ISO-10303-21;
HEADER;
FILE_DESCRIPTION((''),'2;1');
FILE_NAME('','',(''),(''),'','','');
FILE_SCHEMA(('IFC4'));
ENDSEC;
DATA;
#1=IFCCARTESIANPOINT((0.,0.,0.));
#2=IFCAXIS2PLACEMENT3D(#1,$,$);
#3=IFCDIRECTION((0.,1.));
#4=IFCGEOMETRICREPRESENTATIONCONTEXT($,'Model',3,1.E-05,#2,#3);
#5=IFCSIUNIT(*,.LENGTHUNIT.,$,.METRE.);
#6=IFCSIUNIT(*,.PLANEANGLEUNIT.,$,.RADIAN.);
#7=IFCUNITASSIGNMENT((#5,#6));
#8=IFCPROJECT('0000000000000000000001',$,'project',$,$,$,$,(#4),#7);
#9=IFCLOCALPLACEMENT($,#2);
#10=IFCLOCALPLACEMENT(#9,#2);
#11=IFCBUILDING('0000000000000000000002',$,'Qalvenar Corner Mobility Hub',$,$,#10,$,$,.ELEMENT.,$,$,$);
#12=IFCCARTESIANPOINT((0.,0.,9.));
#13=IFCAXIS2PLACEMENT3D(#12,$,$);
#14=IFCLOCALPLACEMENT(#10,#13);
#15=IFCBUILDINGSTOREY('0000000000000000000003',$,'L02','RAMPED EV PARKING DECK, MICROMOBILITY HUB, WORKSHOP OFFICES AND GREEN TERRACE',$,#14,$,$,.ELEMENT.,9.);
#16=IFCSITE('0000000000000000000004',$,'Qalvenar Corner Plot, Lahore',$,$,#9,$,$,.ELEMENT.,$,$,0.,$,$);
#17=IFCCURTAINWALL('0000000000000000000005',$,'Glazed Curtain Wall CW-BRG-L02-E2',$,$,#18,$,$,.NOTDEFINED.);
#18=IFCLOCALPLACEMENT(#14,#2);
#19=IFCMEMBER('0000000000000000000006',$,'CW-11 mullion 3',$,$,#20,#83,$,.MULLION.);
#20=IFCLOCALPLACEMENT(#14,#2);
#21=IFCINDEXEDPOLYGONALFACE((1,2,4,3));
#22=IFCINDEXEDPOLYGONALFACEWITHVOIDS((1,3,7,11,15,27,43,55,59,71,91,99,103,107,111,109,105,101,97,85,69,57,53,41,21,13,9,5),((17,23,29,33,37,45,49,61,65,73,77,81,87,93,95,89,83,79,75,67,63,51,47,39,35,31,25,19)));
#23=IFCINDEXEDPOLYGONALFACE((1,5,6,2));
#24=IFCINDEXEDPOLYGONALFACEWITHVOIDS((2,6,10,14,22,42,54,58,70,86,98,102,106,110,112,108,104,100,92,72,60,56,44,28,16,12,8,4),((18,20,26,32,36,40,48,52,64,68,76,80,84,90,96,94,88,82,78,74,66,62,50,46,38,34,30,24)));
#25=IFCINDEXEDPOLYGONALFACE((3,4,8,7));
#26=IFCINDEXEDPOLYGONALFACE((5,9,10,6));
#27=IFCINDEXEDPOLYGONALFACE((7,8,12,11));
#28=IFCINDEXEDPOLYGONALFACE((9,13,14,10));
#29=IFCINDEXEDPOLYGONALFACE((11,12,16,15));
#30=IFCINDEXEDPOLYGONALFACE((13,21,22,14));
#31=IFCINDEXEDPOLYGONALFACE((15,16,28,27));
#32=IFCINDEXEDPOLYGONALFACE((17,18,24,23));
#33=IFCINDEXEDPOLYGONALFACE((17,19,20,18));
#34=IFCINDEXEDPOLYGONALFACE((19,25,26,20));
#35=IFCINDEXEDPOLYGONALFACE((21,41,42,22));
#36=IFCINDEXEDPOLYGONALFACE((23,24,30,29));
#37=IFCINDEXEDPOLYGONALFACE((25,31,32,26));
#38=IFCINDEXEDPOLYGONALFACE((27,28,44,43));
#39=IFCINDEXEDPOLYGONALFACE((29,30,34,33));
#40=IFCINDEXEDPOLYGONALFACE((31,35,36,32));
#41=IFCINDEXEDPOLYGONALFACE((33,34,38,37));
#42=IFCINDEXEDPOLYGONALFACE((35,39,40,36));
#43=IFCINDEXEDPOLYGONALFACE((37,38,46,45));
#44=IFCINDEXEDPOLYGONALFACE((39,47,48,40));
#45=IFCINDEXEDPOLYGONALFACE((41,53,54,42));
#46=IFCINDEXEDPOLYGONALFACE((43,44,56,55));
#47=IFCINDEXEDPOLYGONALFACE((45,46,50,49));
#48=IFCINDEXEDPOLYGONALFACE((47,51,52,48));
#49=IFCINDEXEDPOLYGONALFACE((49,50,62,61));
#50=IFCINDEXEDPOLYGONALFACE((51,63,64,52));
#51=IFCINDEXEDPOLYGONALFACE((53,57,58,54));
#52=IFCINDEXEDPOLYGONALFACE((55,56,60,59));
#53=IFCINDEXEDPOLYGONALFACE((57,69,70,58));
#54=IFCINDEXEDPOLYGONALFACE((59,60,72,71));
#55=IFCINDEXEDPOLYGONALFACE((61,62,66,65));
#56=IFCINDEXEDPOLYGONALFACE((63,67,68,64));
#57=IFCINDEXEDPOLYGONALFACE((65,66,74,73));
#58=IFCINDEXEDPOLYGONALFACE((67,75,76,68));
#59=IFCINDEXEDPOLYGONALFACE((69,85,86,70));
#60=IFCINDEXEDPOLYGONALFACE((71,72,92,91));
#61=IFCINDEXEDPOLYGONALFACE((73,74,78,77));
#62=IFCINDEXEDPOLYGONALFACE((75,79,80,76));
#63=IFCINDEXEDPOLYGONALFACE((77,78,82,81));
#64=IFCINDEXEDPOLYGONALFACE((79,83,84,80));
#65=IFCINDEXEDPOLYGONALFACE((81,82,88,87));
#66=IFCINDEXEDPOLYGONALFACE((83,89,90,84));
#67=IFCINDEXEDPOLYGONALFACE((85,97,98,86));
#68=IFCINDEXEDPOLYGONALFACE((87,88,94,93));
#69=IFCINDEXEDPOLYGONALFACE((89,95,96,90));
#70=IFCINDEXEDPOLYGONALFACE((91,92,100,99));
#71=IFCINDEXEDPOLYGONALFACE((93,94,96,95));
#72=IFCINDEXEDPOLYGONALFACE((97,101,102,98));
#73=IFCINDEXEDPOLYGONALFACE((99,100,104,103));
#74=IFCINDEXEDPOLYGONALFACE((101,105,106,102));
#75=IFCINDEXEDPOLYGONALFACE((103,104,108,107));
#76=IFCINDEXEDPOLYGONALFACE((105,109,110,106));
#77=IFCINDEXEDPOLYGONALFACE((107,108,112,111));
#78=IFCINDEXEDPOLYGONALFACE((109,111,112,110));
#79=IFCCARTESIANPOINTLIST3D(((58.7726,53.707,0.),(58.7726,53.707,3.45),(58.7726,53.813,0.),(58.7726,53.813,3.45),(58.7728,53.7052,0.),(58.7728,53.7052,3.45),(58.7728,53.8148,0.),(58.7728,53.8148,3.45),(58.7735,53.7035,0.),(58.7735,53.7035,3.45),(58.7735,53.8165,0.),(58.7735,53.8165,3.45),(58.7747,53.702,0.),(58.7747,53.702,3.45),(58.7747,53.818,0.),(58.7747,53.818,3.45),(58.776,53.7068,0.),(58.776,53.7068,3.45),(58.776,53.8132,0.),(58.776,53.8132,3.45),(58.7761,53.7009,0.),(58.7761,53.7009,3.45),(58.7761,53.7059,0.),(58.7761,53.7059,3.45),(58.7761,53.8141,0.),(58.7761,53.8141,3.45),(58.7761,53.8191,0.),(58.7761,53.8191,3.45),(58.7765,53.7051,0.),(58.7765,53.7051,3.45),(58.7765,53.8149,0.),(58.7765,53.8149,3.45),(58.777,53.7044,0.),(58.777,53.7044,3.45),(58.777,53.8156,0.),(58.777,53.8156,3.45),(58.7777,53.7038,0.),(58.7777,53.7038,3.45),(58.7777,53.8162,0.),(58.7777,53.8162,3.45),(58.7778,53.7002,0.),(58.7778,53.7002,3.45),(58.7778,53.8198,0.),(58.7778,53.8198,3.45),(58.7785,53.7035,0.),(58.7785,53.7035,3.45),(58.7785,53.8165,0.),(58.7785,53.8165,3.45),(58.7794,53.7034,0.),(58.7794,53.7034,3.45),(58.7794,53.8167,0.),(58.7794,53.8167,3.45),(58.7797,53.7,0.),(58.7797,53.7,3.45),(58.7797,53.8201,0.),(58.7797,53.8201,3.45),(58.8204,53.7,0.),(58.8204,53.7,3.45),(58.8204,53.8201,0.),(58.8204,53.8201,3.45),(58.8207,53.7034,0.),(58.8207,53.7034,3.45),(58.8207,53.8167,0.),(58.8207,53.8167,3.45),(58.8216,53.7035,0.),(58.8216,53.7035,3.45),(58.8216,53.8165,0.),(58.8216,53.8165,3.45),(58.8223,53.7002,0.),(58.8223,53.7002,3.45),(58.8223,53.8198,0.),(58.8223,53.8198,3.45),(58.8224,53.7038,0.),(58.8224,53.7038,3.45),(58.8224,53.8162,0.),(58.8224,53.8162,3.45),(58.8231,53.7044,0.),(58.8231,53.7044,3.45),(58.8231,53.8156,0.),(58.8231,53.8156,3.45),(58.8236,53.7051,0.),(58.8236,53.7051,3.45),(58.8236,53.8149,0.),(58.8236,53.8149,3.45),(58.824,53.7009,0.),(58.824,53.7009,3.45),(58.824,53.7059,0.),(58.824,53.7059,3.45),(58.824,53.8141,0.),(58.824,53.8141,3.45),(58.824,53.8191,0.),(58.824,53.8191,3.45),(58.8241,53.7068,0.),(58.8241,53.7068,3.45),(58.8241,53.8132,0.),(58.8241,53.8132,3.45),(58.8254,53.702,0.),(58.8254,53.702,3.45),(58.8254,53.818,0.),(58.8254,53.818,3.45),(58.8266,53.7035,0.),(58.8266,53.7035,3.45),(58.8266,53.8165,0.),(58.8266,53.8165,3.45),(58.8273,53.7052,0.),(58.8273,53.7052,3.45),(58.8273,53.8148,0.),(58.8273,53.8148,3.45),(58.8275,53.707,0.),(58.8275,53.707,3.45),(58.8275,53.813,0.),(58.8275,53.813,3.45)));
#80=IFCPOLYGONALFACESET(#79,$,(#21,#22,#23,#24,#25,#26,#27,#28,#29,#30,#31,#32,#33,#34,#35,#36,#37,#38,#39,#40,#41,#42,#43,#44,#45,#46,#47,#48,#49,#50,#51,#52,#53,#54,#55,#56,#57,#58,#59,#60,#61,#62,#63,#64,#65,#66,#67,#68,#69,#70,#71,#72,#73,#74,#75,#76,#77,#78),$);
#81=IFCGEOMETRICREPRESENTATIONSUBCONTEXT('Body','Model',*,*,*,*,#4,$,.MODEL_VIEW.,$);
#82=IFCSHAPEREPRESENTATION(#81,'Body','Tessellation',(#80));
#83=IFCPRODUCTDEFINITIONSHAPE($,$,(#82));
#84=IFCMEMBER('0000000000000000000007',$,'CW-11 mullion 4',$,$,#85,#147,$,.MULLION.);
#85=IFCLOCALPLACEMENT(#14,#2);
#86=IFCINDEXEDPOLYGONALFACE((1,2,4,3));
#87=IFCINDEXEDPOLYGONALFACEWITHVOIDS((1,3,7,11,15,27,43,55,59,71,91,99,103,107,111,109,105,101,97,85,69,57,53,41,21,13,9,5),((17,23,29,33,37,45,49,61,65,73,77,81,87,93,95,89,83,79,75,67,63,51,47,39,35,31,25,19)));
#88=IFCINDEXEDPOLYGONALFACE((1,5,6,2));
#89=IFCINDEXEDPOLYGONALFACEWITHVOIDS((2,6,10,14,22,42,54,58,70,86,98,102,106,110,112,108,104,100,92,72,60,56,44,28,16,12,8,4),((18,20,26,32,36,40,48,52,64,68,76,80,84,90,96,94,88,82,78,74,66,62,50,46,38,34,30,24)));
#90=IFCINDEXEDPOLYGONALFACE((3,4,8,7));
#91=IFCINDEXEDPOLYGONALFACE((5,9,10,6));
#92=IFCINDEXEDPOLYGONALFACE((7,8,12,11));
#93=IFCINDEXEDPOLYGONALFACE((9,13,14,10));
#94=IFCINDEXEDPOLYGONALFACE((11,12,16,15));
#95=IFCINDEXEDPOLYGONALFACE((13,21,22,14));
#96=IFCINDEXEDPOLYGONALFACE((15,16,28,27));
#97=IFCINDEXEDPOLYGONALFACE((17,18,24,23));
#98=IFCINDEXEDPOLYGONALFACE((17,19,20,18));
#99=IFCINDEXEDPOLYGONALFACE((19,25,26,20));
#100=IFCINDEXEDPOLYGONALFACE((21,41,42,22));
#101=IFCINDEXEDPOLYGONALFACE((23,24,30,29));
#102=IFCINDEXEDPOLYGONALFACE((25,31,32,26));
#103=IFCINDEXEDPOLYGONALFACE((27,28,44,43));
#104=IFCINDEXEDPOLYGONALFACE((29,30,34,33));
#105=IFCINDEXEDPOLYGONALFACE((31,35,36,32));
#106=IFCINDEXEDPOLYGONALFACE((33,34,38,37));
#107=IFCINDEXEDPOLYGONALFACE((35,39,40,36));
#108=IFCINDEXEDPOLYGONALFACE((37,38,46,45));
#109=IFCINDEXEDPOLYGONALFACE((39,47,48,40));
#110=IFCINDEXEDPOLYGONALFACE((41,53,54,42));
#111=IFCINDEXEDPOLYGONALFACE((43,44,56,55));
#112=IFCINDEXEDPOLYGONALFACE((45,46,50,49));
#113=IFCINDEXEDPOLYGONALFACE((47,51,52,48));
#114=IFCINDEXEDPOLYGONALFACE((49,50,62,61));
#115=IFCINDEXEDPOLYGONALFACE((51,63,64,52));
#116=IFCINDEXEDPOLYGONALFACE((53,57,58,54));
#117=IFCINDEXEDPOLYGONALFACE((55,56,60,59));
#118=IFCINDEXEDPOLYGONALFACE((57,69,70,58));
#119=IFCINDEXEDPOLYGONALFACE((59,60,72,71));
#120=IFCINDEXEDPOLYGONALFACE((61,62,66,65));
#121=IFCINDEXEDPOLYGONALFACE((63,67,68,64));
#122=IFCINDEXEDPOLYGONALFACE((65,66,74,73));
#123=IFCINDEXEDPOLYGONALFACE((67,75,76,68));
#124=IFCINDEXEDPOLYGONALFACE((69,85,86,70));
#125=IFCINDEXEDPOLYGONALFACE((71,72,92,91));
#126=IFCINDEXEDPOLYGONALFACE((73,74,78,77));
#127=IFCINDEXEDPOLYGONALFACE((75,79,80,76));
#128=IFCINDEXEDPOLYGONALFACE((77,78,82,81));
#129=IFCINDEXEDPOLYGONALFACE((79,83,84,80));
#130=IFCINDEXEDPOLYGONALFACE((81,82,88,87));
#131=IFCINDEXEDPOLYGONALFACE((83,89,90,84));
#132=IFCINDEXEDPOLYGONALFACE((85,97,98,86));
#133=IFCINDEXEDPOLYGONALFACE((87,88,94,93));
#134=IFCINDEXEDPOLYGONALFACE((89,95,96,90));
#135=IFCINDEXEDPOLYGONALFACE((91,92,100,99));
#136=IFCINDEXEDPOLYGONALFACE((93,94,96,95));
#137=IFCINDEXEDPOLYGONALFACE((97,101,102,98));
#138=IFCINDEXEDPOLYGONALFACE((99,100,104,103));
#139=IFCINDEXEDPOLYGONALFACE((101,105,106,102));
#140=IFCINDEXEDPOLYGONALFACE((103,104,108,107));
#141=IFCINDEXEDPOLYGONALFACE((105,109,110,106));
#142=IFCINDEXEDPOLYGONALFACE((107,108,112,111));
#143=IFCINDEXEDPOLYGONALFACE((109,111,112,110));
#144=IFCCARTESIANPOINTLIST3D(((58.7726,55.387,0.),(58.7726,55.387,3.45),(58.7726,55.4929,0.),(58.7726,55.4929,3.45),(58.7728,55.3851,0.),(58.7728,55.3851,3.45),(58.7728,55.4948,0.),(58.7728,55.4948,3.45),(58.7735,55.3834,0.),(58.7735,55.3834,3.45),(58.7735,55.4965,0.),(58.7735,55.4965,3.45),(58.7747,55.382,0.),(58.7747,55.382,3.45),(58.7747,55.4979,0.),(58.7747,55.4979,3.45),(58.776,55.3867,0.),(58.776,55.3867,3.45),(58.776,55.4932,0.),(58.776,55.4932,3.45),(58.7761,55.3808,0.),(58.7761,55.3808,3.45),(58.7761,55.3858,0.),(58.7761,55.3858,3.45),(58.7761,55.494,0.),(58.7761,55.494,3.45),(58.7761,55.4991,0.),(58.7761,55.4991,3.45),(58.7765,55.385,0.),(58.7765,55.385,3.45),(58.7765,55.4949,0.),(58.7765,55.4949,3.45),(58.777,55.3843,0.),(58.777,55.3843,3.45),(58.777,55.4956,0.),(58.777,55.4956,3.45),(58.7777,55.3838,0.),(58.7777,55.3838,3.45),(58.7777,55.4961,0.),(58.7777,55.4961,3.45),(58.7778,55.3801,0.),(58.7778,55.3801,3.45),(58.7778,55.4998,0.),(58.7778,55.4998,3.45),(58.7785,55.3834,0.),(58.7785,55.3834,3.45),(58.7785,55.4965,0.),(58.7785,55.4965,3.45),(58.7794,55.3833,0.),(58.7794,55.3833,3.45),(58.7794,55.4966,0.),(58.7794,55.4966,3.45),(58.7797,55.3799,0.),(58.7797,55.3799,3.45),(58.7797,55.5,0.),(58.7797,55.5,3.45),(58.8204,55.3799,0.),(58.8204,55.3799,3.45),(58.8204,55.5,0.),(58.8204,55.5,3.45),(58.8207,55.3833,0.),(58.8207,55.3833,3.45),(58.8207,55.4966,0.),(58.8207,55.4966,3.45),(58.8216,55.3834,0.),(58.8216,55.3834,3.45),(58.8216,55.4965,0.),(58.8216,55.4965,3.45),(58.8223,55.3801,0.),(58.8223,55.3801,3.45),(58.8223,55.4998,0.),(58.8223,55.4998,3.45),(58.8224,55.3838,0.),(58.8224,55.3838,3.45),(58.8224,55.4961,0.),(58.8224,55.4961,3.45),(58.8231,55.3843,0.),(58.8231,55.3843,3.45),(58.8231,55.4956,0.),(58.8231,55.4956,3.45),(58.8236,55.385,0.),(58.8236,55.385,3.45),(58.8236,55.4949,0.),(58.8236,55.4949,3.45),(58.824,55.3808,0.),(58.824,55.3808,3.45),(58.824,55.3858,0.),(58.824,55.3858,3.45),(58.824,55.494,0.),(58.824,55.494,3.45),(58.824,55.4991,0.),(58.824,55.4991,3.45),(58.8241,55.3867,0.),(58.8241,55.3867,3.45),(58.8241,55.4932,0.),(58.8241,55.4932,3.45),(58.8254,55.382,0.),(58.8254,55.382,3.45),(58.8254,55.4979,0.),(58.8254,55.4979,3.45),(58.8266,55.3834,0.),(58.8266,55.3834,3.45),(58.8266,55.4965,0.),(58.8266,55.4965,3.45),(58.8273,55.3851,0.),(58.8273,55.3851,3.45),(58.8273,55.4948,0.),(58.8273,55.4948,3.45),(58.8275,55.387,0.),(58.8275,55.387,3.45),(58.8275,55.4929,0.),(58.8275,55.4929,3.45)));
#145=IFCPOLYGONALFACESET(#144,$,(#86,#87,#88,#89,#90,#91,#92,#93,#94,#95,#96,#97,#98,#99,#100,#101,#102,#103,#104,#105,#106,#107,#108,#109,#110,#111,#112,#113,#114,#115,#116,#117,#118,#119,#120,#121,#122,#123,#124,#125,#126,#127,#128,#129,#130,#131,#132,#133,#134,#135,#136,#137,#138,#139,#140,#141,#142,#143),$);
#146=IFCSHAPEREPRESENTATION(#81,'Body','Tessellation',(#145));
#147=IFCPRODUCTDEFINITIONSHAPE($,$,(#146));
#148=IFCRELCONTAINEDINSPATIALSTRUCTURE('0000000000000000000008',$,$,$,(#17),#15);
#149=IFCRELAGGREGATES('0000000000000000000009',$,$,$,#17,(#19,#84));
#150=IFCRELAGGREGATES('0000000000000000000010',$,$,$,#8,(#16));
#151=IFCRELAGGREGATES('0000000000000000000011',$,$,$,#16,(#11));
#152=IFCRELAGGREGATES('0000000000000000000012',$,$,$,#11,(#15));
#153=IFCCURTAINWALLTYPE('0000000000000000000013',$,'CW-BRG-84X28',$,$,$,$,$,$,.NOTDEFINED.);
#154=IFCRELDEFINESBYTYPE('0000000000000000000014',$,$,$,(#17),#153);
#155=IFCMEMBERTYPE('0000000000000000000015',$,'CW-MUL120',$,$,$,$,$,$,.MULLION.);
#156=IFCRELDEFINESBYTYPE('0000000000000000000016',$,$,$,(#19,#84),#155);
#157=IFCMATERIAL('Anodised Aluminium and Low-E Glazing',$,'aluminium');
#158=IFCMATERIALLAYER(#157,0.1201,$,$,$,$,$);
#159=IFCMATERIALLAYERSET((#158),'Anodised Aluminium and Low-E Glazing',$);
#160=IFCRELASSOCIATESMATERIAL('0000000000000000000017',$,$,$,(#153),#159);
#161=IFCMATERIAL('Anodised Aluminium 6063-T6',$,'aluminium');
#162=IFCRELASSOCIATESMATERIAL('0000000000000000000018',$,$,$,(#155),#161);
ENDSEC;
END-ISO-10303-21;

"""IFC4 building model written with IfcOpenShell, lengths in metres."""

from ifc_helpers import new_model, si_unit, direction, frame, origin, origin_2d, place, context, subcontext, project, spatial, hollow_rectangle, extrude, material, layer, layer_set, material_profile, profile_set, type_object, element, aggregate, save


model = new_model("IFC4")

# Units and contexts
model_context = context("Model", 3, precision=1e-05, world=origin(), true_north=direction((0.0, 1.0)))
body_context = subcontext(model_context, "Body", "Model", "MODEL_VIEW")
ifc_project = project(units=[si_unit("LENGTHUNIT", "METRE"), si_unit("PLANEANGLEUNIT", "RADIAN")], contexts=[model_context])

# Site, building, storey
site_placement = place(None, origin())
site = spatial("IfcSite", under=ifc_project, at=site_placement, Name="Qalvenar Corner Plot, Lahore", CompositionType="ELEMENT", RefElevation=0.0)
building_placement = place(site_placement, origin())
building = spatial("IfcBuilding", under=site, at=building_placement, Name="Qalvenar Corner Mobility Hub", CompositionType="ELEMENT")
storey_placement = place(building_placement, frame((0.0, 0.0, 9.0)))
storey = spatial("IfcBuildingStorey", under=building, at=storey_placement, Name="L02", Description="RAMPED EV PARKING DECK, MICROMOBILITY HUB, WORKSHOP OFFICES AND GREEN TERRACE", CompositionType="ELEMENT", Elevation=9.0)

# Curtain wall, members
ifc_material_1 = material(Name="Anodised Aluminium and Low-E Glazing", Category="aluminium")
ifc_layer_1 = layer(ifc_material_1, 0.1201)
ifc_layer_set_1 = layer_set([ifc_layer_1], Name="Anodised Aluminium and Low-E Glazing")
curtain_wall_type = type_object("IfcCurtainWallType", Name="CW-BRG-84X28", PredefinedType="NOTDEFINED", material=ifc_layer_set_1)
curtain_wall_placement = place(storey_placement, origin())
curtain_wall = element("IfcCurtainWall", 1, at=curtain_wall_placement, inside=storey, type_object=curtain_wall_type, Name="Glazed Curtain Wall CW-BRG-L02-E2", PredefinedType="NOTDEFINED")
ifc_material_2 = material(Name="Anodised Aluminium 6063-T6", Category="aluminium")
ifc_material_profile_1 = material_profile(ifc_material_2, hollow_rectangle(XDim=0.0549, YDim=0.1201, WallThickness=0.0034, InnerFilletRadius=0.0034, OuterFilletRadius=0.0071, at=origin_2d()), Name="RHS120x55x3.5")
ifc_profile_set_1 = profile_set([ifc_material_profile_1], Name="Anodised Aluminium 6063-T6")
member_type_1 = type_object("IfcMemberType", Name="CW-MUL120", PredefinedType="MULLION", material=ifc_profile_set_1)
member_1_placement = place(storey_placement, frame((58.8, 53.76, 0.0), z_axis=(0.0, 0.0, 1.0), x_axis=(-1.0, 0.0, 0.0)))
member_1 = element("IfcMember", 2, at=member_1_placement, type_object=member_type_1, Name="CW-11 mullion 3", PredefinedType="MULLION", context=body_context, shape_type="SweptSolid", body=[
    extrude(hollow_rectangle(XDim=0.0549, YDim=0.1201, WallThickness=0.0034, InnerFilletRadius=0.0034, OuterFilletRadius=0.0071, at=origin_2d()), origin(), (0.0, 0.0, 1.0), 3.45),
])
member_2_placement = place(storey_placement, frame((58.8, 55.4399, 0.0), z_axis=(0.0, 0.0, 1.0), x_axis=(-1.0, 0.0, 0.0)))
member_2 = element("IfcMember", 3, at=member_2_placement, type_object=member_type_1, Name="CW-11 mullion 4", PredefinedType="MULLION", context=body_context, shape_type="SweptSolid", body=[
    extrude(hollow_rectangle(XDim=0.0549, YDim=0.1201, WallThickness=0.0034, InnerFilletRadius=0.0034, OuterFilletRadius=0.0071, at=origin_2d()), origin(), (0.0, 0.0, 1.0), 3.45),
])
aggregate(curtain_wall, [member_1, member_2])

save(model, "model.ifc")
